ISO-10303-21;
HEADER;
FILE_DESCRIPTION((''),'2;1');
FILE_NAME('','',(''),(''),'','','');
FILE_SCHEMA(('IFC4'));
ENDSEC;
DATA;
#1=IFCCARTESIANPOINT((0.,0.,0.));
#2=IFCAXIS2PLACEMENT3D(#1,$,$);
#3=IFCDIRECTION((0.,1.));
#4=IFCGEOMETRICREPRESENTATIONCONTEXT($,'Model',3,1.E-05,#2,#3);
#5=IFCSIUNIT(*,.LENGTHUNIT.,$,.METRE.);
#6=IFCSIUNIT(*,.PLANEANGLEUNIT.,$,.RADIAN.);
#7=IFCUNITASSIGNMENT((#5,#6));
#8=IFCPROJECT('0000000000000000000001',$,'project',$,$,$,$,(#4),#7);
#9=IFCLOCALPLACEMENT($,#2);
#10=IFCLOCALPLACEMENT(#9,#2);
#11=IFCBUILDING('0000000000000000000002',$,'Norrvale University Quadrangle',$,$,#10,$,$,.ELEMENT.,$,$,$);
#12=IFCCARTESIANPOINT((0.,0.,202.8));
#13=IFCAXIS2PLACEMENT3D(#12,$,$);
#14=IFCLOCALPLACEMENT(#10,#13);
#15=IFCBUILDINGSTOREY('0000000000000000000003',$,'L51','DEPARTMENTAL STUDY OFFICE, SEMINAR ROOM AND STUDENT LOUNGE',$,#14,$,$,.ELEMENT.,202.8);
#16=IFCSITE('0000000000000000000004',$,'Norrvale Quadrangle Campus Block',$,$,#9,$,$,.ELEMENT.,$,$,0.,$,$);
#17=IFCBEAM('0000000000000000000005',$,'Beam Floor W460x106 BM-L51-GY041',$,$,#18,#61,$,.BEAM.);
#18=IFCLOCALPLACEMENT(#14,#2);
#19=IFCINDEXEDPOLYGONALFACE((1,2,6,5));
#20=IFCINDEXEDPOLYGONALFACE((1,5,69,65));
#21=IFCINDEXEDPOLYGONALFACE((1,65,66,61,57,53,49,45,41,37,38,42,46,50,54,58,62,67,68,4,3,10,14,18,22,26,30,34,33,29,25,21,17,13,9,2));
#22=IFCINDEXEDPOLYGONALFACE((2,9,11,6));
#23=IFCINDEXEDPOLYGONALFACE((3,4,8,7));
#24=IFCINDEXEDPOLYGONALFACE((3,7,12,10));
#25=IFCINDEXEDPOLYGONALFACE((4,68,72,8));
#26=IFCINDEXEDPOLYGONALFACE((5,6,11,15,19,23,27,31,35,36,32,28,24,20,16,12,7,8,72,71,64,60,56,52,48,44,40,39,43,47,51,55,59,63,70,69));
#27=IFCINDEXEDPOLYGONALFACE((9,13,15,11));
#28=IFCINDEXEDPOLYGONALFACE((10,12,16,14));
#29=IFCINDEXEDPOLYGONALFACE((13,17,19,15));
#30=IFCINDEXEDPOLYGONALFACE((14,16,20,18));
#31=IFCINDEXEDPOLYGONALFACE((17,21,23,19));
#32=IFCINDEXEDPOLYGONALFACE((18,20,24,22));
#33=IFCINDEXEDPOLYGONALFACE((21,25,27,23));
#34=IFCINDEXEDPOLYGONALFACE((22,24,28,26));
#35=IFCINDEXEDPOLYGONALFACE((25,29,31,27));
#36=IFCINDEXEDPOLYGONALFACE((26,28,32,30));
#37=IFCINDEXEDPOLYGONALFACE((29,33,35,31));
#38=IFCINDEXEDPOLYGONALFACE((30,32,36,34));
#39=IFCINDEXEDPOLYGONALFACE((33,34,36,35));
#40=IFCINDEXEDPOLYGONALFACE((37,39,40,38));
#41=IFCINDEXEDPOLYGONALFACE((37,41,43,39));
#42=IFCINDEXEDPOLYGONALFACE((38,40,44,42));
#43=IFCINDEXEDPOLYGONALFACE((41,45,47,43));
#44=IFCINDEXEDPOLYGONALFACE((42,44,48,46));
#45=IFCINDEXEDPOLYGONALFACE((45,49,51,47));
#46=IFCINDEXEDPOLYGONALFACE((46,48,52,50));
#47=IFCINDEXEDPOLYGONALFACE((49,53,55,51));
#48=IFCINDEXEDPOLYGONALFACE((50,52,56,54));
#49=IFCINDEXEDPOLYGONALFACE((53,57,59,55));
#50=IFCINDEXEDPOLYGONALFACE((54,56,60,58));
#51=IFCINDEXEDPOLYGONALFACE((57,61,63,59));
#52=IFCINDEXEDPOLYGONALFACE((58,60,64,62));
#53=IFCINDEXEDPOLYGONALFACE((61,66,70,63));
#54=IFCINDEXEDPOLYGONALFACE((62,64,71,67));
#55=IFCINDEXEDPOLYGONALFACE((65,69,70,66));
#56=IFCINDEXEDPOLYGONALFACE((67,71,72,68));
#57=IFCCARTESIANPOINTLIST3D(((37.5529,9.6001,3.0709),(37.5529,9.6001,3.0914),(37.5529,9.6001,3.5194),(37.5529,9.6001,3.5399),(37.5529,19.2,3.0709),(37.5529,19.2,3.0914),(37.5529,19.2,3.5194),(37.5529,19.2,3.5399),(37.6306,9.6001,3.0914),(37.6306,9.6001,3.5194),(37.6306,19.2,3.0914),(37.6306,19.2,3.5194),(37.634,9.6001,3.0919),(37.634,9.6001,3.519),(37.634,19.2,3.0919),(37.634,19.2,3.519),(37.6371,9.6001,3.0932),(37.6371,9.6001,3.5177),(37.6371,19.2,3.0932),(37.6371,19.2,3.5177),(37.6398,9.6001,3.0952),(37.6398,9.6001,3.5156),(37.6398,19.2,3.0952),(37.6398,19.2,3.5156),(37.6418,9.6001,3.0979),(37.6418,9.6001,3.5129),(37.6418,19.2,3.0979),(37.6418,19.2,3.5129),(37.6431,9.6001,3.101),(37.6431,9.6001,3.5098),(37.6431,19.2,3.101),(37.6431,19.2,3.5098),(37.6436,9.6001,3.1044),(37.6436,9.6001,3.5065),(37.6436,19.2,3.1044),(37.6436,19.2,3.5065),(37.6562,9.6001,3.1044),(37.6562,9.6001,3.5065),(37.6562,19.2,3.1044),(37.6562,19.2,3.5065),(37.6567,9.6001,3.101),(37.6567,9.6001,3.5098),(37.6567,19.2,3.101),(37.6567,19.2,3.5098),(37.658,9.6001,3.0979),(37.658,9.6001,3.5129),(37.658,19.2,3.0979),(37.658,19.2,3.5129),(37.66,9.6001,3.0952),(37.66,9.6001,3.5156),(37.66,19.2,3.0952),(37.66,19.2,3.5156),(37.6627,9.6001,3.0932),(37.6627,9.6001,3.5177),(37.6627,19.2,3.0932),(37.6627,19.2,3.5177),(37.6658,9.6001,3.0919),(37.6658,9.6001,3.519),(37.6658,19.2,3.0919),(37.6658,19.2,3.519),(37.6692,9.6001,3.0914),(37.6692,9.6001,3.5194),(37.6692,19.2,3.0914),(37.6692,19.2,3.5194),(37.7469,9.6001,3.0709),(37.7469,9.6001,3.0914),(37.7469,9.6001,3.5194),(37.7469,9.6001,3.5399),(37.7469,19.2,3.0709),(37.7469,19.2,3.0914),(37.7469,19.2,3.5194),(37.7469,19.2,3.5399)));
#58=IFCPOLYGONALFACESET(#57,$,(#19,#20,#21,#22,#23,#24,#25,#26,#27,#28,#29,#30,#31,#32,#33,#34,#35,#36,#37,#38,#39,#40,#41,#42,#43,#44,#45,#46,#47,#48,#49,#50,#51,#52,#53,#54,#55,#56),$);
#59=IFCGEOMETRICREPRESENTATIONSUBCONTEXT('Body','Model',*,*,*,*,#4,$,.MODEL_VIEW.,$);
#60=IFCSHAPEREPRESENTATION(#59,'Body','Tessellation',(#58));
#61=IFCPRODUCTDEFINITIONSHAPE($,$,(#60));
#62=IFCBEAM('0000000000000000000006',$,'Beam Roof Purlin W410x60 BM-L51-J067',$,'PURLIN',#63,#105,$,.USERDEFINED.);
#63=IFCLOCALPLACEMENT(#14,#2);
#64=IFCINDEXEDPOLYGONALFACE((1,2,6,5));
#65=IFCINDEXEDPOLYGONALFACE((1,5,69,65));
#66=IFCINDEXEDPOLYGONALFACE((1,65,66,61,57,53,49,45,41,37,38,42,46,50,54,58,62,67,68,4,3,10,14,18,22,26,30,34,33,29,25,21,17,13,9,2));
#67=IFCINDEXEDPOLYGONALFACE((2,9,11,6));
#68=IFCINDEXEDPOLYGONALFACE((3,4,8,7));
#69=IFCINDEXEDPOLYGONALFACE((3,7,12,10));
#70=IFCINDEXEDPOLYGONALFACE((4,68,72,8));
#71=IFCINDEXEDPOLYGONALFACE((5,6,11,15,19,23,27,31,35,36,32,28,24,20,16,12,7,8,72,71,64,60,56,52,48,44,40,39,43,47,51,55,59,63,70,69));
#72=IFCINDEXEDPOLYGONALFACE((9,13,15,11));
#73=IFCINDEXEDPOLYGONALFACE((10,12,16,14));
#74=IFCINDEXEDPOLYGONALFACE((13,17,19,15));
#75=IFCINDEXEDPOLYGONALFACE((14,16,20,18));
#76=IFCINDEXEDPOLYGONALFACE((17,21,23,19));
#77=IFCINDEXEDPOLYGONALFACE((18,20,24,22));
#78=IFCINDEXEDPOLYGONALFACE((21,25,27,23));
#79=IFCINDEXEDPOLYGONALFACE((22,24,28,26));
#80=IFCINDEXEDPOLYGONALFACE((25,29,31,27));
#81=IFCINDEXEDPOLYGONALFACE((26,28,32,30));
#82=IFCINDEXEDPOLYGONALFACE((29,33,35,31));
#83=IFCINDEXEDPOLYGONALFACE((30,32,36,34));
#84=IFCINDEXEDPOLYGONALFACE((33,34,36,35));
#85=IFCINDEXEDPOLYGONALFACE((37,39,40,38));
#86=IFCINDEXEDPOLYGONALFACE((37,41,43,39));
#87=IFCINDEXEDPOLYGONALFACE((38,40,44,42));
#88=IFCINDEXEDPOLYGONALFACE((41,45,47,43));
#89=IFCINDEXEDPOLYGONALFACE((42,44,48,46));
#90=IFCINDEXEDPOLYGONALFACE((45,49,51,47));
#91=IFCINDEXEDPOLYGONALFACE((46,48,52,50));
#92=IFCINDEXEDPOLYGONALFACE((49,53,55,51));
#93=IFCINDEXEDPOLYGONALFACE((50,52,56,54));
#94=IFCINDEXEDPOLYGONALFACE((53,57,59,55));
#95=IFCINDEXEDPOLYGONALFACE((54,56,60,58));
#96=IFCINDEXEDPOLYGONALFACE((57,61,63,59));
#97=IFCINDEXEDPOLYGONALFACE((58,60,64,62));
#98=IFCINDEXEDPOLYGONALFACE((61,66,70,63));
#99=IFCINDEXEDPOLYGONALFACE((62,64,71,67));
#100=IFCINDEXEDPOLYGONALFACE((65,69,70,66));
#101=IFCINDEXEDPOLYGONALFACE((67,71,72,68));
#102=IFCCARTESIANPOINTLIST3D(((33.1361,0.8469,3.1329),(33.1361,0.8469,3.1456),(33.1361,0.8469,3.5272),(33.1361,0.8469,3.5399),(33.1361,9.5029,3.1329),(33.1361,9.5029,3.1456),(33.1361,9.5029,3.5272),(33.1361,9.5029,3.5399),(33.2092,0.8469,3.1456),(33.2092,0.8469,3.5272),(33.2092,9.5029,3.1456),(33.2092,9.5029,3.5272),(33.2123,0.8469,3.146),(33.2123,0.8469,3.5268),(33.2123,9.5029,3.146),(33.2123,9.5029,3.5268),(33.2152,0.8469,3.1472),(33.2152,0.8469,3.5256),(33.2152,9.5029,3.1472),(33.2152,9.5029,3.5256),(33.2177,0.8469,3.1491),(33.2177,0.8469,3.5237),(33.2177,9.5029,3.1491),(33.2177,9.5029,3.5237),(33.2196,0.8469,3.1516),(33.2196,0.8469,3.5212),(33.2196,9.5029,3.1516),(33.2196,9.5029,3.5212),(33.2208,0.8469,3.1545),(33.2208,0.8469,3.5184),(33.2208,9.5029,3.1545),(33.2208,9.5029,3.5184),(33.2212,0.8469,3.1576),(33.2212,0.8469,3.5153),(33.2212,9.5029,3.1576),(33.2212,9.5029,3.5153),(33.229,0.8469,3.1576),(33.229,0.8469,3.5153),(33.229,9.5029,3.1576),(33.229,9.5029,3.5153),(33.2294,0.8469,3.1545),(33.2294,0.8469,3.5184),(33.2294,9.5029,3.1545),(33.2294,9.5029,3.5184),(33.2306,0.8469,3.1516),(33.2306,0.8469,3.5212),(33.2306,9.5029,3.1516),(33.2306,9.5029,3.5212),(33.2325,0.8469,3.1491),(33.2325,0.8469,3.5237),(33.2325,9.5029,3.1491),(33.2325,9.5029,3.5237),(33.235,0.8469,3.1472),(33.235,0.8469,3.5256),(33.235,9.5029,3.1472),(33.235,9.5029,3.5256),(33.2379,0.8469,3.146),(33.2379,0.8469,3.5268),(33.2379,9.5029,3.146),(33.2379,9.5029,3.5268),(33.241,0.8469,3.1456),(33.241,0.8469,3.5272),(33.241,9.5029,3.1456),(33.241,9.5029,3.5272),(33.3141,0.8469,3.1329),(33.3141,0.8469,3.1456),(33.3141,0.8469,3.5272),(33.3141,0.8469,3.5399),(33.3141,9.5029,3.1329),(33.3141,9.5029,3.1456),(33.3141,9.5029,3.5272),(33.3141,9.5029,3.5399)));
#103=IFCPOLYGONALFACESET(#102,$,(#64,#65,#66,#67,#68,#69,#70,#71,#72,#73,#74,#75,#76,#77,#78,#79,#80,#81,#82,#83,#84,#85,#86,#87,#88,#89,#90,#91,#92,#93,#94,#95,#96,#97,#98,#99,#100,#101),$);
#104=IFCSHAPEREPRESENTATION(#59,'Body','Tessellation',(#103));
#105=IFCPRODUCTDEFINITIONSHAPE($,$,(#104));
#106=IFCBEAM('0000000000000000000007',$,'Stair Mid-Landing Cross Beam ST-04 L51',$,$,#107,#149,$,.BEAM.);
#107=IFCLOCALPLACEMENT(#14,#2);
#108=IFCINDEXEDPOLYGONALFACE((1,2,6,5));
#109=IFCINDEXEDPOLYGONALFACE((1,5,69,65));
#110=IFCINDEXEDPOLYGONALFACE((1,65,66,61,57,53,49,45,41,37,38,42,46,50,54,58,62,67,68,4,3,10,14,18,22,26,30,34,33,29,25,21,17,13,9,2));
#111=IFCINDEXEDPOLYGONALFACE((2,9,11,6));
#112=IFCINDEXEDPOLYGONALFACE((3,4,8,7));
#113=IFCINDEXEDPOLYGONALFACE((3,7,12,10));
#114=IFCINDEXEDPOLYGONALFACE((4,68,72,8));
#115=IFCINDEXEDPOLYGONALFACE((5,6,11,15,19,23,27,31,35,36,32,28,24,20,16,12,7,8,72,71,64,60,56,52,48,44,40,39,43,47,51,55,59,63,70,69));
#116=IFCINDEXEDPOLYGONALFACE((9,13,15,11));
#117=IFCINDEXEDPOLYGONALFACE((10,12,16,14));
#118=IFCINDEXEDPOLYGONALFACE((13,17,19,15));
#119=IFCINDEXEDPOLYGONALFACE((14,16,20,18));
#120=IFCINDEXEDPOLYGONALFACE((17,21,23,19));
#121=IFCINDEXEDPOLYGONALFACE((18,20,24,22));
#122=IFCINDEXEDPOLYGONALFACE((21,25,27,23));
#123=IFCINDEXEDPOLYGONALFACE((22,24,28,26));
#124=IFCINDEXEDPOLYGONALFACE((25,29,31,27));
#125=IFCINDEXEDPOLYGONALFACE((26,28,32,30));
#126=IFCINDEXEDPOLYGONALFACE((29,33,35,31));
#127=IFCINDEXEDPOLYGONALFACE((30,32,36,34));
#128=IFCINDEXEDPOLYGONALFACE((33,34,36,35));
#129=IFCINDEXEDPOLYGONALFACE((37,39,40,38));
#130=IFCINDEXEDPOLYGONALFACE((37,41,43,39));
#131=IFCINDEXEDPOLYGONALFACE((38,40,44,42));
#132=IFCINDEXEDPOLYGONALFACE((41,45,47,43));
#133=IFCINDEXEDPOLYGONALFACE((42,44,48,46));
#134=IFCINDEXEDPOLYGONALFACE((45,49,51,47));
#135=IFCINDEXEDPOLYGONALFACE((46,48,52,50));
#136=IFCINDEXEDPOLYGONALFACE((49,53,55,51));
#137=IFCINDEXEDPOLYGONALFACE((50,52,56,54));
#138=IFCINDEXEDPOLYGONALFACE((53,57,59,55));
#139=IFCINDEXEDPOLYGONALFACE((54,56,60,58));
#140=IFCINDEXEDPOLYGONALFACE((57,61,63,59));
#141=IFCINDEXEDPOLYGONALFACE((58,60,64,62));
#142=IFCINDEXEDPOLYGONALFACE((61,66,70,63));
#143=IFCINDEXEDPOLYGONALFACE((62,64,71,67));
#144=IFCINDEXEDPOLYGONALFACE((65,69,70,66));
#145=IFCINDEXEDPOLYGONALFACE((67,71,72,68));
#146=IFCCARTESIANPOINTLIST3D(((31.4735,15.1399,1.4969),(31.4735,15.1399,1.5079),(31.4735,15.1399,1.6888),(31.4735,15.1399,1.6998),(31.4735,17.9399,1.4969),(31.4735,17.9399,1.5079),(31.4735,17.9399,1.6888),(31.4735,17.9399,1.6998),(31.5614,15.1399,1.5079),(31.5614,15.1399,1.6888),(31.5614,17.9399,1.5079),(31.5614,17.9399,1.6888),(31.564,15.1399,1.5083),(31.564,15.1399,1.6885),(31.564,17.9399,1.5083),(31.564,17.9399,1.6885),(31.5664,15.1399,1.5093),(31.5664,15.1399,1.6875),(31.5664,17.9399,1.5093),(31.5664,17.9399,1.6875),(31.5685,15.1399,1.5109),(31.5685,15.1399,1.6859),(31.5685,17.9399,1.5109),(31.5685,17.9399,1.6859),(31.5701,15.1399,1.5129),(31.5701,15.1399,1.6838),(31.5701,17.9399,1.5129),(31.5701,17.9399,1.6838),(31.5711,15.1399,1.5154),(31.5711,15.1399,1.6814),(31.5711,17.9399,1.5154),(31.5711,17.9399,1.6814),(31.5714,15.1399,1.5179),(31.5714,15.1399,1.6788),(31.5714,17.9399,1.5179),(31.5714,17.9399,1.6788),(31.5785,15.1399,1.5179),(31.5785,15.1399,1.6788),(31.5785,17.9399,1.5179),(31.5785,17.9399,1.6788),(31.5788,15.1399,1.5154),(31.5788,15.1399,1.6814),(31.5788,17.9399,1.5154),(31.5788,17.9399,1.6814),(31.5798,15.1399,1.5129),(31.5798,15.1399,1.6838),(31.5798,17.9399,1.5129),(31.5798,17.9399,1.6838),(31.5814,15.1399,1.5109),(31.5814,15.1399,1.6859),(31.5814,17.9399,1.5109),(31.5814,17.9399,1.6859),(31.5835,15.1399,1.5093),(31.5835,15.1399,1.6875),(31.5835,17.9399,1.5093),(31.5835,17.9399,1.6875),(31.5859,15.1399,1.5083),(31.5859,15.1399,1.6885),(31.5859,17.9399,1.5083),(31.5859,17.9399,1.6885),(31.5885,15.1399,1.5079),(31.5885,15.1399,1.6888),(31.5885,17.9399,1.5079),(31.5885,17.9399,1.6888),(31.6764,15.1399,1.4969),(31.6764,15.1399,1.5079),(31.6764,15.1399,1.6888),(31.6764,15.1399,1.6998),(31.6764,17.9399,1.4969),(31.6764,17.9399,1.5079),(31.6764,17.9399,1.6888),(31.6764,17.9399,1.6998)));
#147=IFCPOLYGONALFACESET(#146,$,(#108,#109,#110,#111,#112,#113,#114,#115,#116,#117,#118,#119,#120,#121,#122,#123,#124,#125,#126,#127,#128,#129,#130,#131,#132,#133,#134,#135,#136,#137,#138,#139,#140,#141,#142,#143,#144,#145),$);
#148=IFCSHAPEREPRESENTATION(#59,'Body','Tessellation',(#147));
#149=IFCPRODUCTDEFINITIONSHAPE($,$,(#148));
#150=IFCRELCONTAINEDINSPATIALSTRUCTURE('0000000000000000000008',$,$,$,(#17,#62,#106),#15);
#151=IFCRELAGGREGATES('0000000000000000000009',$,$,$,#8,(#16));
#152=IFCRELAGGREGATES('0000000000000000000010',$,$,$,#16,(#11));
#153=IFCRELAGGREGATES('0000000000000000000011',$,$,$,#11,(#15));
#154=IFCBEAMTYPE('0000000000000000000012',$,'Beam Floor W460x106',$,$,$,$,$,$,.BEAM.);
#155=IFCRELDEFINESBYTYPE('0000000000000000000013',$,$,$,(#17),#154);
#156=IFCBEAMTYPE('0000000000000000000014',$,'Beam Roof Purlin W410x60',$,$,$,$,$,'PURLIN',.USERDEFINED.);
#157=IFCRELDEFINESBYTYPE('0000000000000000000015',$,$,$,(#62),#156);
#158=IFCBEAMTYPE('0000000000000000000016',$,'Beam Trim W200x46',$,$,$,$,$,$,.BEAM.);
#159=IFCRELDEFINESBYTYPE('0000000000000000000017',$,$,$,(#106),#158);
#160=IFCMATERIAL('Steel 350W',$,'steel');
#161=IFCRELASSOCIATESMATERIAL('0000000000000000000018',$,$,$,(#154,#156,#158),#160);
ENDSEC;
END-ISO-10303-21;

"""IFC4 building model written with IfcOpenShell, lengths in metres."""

from ifc_helpers import new_model, si_unit, direction, frame, origin, origin_2d, place, context, subcontext, project, spatial, i_section, extrude, material, material_profile, profile_set, type_object, element, save


model = new_model("IFC4")

# Units and contexts
model_context = context("Model", 3, precision=1e-05, world=origin(), true_north=direction((0.0, 1.0)))
body_context = subcontext(model_context, "Body", "Model", "MODEL_VIEW")
ifc_project = project(units=[si_unit("LENGTHUNIT", "METRE"), si_unit("PLANEANGLEUNIT", "RADIAN")], contexts=[model_context])

# Site, building, storey
site_placement = place(None, origin())
site = spatial("IfcSite", under=ifc_project, at=site_placement, Name="Norrvale Quadrangle Campus Block", CompositionType="ELEMENT", RefElevation=0.0)
building_placement = place(site_placement, origin())
building = spatial("IfcBuilding", under=site, at=building_placement, Name="Norrvale University Quadrangle", CompositionType="ELEMENT")
storey_placement = place(building_placement, frame((0.0, 0.0, 202.8)))
storey = spatial("IfcBuildingStorey", under=building, at=storey_placement, Name="L51", Description="DEPARTMENTAL STUDY OFFICE, SEMINAR ROOM AND STUDENT LOUNGE", CompositionType="ELEMENT", Elevation=202.8)

# Beams
ifc_material_1 = material(Name="Steel 350W", Category="steel")
ifc_material_profile_1 = material_profile(ifc_material_1, i_section(OverallWidth=0.1941, OverallDepth=0.469, WebThickness=0.0127, FlangeThickness=0.0205, FilletRadius=0.0129, at=origin_2d()), Name="Steel 350W")
ifc_profile_set_1 = profile_set([ifc_material_profile_1], Name="Steel 350W")
beam_type_1 = type_object("IfcBeamType", Name="Beam Floor W460x106", PredefinedType="BEAM", material=ifc_profile_set_1)
beam_1_placement = place(storey_placement, frame((37.6499, 9.6001, 3.3054), z_axis=(0.0, 1.0, 0.0), x_axis=(-1.0, 0.0, 0.0)))
element("IfcBeam", 1, at=beam_1_placement, inside=storey, type_object=beam_type_1, Name="Beam Floor W460x106 BM-L51-GY041", PredefinedType="BEAM", context=body_context, shape_type="SweptSolid", body=[
    extrude(i_section(OverallWidth=0.1941, OverallDepth=0.469, WebThickness=0.0127, FlangeThickness=0.0205, FilletRadius=0.0129, at=origin_2d()), origin(), (0.0, 0.0, 1.0), 9.5999),
])
ifc_material_profile_2 = material_profile(ifc_material_1, i_section(OverallWidth=0.178, OverallDepth=0.407, WebThickness=0.0078, FlangeThickness=0.0127, FilletRadius=0.012, at=origin_2d()), Name="Steel 350W")
ifc_profile_set_2 = profile_set([ifc_material_profile_2], Name="Steel 350W")
beam_type_2 = type_object("IfcBeamType", Name="Beam Roof Purlin W410x60", ElementType="PURLIN", PredefinedType="USERDEFINED", material=ifc_profile_set_2)
beam_2_placement = place(storey_placement, frame((33.2251, 0.8469, 3.3364), z_axis=(0.0, 1.0, 0.0), x_axis=(-1.0, 0.0, 0.0)))
element("IfcBeam", 2, at=beam_2_placement, inside=storey, type_object=beam_type_2, Name="Beam Roof Purlin W410x60 BM-L51-J067", ObjectType="PURLIN", PredefinedType="USERDEFINED", context=body_context, shape_type="SweptSolid", body=[
    extrude(i_section(OverallWidth=0.178, OverallDepth=0.407, WebThickness=0.0078, FlangeThickness=0.0127, FilletRadius=0.012, at=origin_2d()), origin(), (0.0, 0.0, 1.0), 8.656),
])
ifc_material_profile_3 = material_profile(ifc_material_1, i_section(OverallWidth=0.2029, OverallDepth=0.2029, WebThickness=0.0071, FlangeThickness=0.011, FilletRadius=0.01, at=origin_2d()), Name="Steel 350W")
ifc_profile_set_3 = profile_set([ifc_material_profile_3], Name="Steel 350W")
beam_type_3 = type_object("IfcBeamType", Name="Beam Trim W200x46", PredefinedType="BEAM", material=ifc_profile_set_3)
beam_3_placement = place(storey_placement, frame((31.575, 15.1399, 1.5984), z_axis=(0.0, 1.0, 0.0), x_axis=(-1.0, 0.0, 0.0)))
element("IfcBeam", 3, at=beam_3_placement, inside=storey, type_object=beam_type_3, Name="Stair Mid-Landing Cross Beam ST-04 L51", PredefinedType="BEAM", context=body_context, shape_type="SweptSolid", body=[
    extrude(i_section(OverallWidth=0.2029, OverallDepth=0.2029, WebThickness=0.0071, FlangeThickness=0.011, FilletRadius=0.01, at=origin_2d()), origin(), (0.0, 0.0, 1.0), 2.8),
])

save(model, "model.ifc")
